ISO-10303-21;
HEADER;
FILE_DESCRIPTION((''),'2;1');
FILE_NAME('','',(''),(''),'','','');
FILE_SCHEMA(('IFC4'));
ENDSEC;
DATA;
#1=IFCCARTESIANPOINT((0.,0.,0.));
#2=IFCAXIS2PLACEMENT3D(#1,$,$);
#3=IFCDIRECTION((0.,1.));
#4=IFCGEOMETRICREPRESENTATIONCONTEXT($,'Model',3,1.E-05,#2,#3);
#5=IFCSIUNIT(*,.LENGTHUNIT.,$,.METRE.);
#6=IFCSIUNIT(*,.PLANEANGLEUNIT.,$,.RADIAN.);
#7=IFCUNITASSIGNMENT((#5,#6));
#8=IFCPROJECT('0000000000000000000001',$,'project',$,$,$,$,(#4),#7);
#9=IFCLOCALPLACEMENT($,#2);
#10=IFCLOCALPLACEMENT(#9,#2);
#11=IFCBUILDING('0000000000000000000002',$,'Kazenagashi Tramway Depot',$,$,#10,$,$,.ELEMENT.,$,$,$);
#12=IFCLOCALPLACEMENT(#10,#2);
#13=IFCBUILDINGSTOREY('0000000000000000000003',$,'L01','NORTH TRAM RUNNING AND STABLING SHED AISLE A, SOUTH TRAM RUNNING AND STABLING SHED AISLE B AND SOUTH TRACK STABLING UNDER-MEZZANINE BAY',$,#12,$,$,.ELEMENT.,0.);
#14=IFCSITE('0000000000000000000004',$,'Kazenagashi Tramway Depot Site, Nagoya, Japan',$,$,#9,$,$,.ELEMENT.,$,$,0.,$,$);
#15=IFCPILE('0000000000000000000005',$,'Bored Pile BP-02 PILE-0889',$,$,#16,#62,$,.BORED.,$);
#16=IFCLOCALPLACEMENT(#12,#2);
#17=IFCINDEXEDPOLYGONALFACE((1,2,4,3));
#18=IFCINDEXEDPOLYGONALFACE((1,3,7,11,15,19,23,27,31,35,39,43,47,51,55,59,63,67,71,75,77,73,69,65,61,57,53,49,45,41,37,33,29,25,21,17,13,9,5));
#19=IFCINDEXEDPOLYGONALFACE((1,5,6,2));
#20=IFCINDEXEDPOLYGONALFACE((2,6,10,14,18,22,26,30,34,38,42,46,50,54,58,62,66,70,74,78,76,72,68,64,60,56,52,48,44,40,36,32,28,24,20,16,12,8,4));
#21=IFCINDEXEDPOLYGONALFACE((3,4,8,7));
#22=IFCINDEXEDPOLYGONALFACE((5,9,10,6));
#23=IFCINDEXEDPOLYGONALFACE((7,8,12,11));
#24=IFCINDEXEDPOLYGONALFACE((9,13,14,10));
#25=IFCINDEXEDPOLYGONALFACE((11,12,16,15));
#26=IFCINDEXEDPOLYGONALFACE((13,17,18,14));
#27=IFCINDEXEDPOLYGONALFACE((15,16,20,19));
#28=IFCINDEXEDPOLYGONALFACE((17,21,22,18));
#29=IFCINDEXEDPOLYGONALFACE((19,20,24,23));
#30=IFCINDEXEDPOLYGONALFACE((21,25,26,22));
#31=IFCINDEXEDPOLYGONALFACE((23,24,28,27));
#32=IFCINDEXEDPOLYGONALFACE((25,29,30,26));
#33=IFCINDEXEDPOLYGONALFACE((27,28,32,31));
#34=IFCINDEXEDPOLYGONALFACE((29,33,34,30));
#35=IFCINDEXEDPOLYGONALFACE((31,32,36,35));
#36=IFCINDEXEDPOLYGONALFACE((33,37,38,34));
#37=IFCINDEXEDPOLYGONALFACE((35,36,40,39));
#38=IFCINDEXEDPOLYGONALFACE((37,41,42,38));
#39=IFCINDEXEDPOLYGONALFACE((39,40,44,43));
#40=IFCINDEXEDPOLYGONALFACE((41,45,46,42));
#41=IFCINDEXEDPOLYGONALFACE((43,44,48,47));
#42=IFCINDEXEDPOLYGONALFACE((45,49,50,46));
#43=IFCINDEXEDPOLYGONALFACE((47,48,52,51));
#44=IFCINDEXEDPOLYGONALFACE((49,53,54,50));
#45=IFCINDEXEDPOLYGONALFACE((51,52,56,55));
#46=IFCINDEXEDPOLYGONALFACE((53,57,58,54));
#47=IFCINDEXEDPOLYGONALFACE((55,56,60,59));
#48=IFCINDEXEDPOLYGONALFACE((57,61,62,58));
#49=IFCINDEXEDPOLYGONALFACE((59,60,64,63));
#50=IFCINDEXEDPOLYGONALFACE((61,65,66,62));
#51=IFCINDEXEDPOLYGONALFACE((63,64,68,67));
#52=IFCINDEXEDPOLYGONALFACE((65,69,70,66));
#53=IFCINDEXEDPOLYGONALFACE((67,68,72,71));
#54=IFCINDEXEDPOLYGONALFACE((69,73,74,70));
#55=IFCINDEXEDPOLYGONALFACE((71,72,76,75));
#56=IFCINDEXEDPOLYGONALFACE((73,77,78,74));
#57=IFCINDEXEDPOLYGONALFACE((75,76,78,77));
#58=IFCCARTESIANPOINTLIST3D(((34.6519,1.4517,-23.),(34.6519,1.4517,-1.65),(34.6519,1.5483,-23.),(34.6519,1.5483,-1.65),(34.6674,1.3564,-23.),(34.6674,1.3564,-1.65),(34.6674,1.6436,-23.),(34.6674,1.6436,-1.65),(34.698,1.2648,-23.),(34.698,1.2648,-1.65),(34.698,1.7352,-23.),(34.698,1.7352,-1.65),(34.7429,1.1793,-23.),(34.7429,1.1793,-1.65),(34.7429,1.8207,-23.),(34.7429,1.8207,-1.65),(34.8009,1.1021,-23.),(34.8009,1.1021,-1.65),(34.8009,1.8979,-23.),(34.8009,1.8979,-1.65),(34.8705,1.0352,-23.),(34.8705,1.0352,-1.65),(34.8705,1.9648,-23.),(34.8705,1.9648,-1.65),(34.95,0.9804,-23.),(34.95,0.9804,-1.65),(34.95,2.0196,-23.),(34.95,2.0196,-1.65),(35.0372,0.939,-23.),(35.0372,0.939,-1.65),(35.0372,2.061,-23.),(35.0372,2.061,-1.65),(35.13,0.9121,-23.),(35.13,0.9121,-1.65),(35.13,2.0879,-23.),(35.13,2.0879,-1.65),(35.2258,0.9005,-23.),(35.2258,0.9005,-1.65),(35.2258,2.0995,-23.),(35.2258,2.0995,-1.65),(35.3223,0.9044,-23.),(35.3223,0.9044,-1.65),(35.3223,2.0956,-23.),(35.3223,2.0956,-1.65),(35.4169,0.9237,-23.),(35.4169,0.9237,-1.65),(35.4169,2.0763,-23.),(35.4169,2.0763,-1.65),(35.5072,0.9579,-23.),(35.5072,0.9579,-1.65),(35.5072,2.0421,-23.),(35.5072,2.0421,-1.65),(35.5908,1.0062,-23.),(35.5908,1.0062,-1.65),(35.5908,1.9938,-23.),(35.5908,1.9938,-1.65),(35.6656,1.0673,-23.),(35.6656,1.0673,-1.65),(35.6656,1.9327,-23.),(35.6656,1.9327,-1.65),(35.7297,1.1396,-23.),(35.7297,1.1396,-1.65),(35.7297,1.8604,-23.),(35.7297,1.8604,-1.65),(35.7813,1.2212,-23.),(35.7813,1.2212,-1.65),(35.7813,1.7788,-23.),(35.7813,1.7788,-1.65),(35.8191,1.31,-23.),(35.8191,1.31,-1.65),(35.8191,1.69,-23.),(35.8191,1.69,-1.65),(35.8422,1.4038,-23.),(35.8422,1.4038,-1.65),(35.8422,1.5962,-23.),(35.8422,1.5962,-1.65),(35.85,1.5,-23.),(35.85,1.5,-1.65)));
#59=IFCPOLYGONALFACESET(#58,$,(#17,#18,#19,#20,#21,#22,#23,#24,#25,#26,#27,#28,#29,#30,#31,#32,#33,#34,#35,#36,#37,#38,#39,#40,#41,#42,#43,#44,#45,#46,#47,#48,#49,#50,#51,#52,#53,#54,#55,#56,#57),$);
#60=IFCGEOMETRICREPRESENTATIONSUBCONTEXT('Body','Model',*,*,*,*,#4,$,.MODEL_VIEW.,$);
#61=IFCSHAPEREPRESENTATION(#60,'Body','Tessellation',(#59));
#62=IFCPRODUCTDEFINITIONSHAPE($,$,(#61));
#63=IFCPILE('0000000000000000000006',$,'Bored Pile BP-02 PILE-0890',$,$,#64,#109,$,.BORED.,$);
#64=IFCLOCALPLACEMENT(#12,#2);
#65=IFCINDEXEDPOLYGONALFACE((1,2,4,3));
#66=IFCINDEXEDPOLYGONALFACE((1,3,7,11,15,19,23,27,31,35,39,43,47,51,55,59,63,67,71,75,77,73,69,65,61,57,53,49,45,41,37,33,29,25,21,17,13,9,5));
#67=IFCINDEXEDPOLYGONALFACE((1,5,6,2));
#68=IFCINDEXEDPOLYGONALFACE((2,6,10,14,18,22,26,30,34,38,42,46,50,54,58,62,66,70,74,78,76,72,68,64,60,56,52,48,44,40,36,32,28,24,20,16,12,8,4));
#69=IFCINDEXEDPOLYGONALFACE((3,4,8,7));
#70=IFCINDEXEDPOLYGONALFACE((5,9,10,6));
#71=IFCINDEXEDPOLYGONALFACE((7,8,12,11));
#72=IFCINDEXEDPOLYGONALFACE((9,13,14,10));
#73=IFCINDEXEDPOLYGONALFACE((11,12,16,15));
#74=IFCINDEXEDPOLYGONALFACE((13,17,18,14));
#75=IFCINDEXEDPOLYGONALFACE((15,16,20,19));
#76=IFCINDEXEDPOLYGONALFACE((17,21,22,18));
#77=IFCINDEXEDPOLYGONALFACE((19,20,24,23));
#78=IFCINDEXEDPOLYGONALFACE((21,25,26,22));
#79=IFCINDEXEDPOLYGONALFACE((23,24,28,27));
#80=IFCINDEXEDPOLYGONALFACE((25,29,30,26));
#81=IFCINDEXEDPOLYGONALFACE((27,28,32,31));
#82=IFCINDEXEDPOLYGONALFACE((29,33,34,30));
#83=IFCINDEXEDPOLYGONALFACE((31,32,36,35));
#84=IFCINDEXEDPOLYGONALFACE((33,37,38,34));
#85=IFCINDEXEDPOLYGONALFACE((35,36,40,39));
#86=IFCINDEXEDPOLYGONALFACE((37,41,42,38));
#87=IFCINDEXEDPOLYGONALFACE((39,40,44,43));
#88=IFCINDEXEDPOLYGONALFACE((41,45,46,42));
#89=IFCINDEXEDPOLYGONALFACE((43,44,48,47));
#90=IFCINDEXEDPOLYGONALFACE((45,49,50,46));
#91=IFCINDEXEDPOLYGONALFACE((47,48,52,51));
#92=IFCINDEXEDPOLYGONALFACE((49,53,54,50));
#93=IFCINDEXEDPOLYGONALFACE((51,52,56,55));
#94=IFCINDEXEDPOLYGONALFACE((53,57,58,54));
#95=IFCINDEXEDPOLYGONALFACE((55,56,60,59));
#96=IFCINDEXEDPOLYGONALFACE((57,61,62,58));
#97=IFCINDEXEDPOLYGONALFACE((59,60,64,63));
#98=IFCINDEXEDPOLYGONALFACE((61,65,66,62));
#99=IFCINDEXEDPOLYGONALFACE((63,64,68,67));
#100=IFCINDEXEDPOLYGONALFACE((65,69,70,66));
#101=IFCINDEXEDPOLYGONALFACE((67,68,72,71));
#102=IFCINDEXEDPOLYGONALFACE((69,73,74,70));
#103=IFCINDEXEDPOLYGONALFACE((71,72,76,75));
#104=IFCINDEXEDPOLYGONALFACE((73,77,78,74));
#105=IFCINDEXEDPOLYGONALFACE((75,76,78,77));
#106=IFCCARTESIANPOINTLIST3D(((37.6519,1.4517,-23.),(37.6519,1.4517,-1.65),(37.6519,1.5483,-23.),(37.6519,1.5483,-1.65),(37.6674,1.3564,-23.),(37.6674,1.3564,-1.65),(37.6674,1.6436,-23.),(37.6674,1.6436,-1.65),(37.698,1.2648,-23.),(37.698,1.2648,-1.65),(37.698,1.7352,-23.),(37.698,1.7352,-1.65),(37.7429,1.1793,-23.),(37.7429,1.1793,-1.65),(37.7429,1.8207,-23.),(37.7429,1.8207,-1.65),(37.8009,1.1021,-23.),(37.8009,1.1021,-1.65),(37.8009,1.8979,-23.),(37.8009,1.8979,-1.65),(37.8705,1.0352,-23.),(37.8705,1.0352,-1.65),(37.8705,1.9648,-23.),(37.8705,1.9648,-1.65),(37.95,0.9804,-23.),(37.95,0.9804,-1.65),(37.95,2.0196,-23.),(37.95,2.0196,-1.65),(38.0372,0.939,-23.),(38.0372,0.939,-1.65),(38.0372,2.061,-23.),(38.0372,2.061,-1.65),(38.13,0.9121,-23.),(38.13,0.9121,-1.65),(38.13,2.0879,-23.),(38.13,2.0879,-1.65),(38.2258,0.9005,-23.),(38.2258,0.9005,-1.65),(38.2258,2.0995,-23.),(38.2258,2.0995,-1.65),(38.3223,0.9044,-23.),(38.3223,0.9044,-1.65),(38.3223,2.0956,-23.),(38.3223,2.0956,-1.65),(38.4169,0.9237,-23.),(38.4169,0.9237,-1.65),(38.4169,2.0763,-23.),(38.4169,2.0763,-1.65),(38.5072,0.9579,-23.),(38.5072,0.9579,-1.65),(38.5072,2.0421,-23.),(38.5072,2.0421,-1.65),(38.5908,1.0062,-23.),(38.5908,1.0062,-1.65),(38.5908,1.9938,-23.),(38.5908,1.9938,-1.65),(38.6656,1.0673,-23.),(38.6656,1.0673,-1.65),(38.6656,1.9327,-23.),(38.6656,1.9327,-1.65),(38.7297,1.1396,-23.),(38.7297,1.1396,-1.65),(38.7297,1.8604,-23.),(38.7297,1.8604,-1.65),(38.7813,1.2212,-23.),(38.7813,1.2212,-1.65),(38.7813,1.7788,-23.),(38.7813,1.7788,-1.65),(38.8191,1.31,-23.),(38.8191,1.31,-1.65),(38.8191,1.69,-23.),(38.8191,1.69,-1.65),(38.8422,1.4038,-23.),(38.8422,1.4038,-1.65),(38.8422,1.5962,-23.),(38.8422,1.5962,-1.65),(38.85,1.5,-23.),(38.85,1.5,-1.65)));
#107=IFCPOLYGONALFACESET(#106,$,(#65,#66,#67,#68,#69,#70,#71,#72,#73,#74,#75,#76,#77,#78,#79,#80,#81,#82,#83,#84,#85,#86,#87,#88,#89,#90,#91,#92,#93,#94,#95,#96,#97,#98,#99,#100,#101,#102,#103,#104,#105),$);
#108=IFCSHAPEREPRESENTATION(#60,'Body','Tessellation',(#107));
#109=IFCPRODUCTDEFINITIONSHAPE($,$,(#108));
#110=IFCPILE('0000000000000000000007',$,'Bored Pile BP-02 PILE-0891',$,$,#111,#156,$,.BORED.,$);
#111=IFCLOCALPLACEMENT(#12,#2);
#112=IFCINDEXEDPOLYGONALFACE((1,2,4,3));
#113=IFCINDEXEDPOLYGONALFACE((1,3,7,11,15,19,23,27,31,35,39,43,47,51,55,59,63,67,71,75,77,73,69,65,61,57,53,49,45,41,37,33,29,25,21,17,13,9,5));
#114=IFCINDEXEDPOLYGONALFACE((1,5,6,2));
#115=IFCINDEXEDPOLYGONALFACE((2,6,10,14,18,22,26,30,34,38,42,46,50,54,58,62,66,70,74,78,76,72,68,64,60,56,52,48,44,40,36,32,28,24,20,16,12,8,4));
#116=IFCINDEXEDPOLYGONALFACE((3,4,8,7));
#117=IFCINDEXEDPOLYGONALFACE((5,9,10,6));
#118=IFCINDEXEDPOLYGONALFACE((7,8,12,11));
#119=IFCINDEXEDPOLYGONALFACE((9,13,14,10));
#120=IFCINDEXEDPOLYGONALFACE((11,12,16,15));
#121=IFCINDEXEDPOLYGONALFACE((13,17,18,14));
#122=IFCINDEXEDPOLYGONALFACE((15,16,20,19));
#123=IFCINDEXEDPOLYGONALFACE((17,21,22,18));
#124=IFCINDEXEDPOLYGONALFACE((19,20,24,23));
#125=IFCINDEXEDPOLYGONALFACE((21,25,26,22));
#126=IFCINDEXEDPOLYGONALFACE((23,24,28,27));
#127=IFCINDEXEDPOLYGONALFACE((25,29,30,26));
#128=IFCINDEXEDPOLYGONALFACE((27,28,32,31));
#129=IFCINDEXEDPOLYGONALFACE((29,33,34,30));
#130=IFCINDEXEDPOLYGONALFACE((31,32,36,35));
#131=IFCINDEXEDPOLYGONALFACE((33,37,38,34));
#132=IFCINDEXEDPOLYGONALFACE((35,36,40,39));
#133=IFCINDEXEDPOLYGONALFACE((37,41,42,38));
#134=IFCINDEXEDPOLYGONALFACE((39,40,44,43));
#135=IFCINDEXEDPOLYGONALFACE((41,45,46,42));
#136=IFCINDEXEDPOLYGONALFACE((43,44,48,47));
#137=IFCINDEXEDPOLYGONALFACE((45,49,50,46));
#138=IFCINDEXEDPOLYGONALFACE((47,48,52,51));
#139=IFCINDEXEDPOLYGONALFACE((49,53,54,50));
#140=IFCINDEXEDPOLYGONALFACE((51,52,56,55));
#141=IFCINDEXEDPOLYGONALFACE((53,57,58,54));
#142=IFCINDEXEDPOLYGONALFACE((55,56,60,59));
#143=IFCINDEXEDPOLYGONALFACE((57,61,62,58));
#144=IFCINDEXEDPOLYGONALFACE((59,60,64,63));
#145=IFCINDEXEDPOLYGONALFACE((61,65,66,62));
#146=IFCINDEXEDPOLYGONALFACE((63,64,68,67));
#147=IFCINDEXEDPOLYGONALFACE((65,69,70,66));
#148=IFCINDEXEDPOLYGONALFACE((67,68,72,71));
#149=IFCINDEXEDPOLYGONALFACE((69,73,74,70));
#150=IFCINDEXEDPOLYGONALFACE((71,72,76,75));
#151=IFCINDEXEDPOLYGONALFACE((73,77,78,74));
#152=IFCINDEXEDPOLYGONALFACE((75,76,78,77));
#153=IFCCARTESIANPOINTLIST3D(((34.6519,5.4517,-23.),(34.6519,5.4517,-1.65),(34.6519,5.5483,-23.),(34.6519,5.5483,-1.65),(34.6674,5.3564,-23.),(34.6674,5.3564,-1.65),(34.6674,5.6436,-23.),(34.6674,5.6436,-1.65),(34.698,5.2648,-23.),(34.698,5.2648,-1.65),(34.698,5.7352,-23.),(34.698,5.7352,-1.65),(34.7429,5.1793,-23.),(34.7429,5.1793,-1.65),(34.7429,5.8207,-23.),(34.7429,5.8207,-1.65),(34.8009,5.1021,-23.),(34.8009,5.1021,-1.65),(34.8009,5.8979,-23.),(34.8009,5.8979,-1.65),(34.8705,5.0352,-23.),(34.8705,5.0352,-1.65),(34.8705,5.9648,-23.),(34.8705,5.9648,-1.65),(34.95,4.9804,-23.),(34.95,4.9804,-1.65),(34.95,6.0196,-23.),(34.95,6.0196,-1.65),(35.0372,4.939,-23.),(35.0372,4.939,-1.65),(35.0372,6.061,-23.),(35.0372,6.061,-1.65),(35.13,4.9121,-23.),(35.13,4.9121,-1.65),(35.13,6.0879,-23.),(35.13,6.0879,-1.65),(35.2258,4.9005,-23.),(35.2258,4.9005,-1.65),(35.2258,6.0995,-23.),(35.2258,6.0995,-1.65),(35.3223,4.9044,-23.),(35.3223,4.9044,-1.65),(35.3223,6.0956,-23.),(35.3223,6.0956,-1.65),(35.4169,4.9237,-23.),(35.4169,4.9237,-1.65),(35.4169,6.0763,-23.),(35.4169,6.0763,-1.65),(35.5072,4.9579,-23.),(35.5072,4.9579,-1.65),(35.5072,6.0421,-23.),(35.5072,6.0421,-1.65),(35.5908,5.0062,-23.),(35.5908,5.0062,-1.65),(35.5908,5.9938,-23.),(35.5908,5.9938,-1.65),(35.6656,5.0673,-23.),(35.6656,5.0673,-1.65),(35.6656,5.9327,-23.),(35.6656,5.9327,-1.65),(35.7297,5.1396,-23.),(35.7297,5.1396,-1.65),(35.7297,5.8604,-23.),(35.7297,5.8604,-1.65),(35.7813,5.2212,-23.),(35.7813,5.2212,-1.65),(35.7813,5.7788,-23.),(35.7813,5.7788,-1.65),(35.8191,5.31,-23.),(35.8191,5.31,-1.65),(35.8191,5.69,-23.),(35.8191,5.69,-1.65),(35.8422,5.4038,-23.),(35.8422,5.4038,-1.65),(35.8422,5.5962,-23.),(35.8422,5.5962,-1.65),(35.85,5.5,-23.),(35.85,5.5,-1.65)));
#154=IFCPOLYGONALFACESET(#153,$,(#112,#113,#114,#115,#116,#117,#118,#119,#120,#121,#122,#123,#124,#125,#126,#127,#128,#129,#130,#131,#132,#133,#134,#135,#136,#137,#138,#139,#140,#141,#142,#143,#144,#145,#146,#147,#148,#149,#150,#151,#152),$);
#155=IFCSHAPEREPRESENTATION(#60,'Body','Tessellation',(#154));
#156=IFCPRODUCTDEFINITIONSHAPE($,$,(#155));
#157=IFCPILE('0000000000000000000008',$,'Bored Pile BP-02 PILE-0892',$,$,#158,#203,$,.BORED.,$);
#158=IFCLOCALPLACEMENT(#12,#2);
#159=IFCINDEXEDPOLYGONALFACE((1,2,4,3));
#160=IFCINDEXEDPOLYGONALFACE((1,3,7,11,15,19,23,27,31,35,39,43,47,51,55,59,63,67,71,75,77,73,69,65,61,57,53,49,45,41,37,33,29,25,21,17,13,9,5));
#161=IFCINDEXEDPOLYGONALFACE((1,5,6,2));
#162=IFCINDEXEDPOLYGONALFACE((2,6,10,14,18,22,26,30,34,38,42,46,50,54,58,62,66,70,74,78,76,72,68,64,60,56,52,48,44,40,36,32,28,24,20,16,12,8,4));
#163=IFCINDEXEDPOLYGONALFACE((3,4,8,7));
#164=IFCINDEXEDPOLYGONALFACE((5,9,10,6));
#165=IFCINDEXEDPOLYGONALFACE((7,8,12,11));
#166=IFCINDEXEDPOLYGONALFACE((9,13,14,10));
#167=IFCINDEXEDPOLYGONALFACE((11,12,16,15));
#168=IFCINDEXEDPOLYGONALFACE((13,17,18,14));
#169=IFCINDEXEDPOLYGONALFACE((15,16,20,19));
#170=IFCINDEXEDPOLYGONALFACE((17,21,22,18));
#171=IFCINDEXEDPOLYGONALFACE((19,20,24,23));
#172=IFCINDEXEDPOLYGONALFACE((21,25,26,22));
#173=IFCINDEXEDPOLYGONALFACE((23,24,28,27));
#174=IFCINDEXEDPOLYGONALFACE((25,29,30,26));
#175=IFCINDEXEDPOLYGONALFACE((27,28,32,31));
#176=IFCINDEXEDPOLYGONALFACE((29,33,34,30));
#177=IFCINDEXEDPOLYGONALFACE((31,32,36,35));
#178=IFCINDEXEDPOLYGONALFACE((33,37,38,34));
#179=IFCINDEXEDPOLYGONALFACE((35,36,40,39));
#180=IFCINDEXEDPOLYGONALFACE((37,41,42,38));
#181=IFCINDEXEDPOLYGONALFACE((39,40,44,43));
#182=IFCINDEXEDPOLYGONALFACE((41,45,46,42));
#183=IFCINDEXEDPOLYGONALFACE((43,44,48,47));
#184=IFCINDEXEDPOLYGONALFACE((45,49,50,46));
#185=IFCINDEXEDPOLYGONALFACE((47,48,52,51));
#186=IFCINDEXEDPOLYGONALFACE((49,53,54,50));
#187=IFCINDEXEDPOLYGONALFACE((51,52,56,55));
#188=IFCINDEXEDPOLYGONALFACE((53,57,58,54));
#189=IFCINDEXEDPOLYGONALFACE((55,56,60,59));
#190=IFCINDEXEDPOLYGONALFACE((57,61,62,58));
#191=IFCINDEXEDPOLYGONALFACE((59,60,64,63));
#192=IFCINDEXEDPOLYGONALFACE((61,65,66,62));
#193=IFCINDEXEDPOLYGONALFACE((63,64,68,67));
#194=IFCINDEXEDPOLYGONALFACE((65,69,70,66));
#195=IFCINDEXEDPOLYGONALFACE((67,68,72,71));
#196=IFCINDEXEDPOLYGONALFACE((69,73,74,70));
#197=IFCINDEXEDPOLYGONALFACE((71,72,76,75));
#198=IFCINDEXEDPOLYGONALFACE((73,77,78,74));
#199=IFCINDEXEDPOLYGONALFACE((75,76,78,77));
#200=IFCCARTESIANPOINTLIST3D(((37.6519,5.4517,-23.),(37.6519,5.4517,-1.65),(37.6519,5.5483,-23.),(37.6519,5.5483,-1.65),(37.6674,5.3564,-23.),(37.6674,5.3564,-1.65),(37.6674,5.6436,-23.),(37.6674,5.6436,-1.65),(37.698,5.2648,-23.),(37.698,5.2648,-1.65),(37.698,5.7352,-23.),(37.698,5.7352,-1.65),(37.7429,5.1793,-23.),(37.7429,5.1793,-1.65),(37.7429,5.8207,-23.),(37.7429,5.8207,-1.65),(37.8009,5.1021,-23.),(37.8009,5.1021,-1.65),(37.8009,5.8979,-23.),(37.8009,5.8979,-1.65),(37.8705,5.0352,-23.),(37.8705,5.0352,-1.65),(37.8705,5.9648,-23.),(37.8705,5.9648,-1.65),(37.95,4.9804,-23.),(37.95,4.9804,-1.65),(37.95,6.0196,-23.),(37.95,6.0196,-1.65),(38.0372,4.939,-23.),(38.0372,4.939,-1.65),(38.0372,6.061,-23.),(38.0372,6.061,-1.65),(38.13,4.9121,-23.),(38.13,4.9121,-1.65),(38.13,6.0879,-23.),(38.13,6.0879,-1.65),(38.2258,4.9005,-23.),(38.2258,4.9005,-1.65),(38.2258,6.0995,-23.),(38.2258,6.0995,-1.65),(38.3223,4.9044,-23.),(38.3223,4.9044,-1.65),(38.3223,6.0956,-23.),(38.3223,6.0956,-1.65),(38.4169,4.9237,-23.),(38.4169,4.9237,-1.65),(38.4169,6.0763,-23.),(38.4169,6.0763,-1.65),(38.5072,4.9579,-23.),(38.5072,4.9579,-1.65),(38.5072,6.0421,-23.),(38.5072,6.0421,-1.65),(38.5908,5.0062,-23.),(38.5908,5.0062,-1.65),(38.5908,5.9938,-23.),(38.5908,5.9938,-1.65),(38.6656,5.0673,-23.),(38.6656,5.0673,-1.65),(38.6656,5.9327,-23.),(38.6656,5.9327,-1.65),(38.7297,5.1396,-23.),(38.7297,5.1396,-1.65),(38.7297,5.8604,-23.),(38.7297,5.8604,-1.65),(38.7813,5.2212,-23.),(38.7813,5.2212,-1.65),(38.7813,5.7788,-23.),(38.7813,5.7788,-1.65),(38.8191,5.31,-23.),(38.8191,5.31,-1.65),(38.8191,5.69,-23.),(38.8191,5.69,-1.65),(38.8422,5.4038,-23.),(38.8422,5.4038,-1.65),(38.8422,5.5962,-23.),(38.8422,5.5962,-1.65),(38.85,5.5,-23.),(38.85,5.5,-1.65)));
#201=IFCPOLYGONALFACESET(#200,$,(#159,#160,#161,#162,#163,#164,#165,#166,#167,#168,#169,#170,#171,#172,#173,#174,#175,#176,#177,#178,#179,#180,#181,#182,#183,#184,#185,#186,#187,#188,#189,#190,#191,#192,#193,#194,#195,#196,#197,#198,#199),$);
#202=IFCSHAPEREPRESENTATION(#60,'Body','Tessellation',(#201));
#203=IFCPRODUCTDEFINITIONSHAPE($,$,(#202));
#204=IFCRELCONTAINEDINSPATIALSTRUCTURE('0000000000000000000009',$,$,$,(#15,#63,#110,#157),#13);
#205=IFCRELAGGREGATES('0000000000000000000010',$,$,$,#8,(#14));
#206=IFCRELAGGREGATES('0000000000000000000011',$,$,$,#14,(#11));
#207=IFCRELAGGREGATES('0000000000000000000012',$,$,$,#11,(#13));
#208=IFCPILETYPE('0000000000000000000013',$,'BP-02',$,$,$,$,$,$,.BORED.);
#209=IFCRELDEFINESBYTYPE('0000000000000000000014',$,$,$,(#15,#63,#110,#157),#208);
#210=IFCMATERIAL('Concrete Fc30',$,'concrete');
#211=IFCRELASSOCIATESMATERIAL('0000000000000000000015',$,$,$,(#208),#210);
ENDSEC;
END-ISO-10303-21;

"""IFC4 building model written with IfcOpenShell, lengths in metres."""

from ifc_helpers import new_model, si_unit, direction, frame, origin, origin_2d, place, context, subcontext, project, spatial, circle, extrude, material, material_profile, profile_set, type_object, element, save


model = new_model("IFC4")

# Units and contexts
model_context = context("Model", 3, precision=1e-05, world=origin(), true_north=direction((0.0, 1.0)))
body_context = subcontext(model_context, "Body", "Model", "MODEL_VIEW")
ifc_project = project(units=[si_unit("LENGTHUNIT", "METRE"), si_unit("PLANEANGLEUNIT", "RADIAN")], contexts=[model_context])

# Site, building, storey
site_placement = place(None, origin())
site = spatial("IfcSite", under=ifc_project, at=site_placement, Name="Kazenagashi Tramway Depot Site, Nagoya, Japan", CompositionType="ELEMENT", RefElevation=0.0)
building_placement = place(site_placement, origin())
building = spatial("IfcBuilding", under=site, at=building_placement, Name="Kazenagashi Tramway Depot", CompositionType="ELEMENT")
storey_placement = place(building_placement, origin())
storey = spatial("IfcBuildingStorey", under=building, at=storey_placement, Name="L01", Description="NORTH TRAM RUNNING AND STABLING SHED AISLE A, SOUTH TRAM RUNNING AND STABLING SHED AISLE B AND SOUTH TRACK STABLING UNDER-MEZZANINE BAY", CompositionType="ELEMENT", Elevation=0.0)

# Piles
ifc_material_1 = material(Name="Concrete Fc30", Category="concrete")
ifc_material_profile_1 = material_profile(ifc_material_1, circle(Radius=0.6, at=origin_2d()), Name="PILE-1200")
ifc_profile_set_1 = profile_set([ifc_material_profile_1], Name="Concrete Fc30")
pile_type_1 = type_object("IfcPileType", Name="BP-02", PredefinedType="BORED", material=ifc_profile_set_1)
for number, where, z_axis, x_axis, name in (
    (1, (35.25, 1.5, -1.65), (0.0, 0.0, -1.0), (1.0, 0.0, 0.0), "Bored Pile BP-02 PILE-0889"),
    (2, (38.25, 1.5, -1.65), (0.0, 0.0, -1.0), (1.0, 0.0, 0.0), "Bored Pile BP-02 PILE-0890"),
    (3, (35.25, 5.5, -1.65), (0.0, 0.0, -1.0), (1.0, 0.0, 0.0), "Bored Pile BP-02 PILE-0891"),
    (4, (38.25, 5.5, -1.65), (0.0, 0.0, -1.0), (1.0, 0.0, 0.0), "Bored Pile BP-02 PILE-0892"),
):
    element("IfcPile", number, at=place(storey_placement, frame(where, z_axis=z_axis, x_axis=x_axis)), inside=storey, type_object=pile_type_1, Name=name, PredefinedType="BORED", context=body_context, shape_type="SweptSolid", body=[
        extrude(circle(Radius=0.6, at=origin_2d()), origin(), (0.0, 0.0, 1.0), 21.35),
    ])

save(model, "model.ifc")
